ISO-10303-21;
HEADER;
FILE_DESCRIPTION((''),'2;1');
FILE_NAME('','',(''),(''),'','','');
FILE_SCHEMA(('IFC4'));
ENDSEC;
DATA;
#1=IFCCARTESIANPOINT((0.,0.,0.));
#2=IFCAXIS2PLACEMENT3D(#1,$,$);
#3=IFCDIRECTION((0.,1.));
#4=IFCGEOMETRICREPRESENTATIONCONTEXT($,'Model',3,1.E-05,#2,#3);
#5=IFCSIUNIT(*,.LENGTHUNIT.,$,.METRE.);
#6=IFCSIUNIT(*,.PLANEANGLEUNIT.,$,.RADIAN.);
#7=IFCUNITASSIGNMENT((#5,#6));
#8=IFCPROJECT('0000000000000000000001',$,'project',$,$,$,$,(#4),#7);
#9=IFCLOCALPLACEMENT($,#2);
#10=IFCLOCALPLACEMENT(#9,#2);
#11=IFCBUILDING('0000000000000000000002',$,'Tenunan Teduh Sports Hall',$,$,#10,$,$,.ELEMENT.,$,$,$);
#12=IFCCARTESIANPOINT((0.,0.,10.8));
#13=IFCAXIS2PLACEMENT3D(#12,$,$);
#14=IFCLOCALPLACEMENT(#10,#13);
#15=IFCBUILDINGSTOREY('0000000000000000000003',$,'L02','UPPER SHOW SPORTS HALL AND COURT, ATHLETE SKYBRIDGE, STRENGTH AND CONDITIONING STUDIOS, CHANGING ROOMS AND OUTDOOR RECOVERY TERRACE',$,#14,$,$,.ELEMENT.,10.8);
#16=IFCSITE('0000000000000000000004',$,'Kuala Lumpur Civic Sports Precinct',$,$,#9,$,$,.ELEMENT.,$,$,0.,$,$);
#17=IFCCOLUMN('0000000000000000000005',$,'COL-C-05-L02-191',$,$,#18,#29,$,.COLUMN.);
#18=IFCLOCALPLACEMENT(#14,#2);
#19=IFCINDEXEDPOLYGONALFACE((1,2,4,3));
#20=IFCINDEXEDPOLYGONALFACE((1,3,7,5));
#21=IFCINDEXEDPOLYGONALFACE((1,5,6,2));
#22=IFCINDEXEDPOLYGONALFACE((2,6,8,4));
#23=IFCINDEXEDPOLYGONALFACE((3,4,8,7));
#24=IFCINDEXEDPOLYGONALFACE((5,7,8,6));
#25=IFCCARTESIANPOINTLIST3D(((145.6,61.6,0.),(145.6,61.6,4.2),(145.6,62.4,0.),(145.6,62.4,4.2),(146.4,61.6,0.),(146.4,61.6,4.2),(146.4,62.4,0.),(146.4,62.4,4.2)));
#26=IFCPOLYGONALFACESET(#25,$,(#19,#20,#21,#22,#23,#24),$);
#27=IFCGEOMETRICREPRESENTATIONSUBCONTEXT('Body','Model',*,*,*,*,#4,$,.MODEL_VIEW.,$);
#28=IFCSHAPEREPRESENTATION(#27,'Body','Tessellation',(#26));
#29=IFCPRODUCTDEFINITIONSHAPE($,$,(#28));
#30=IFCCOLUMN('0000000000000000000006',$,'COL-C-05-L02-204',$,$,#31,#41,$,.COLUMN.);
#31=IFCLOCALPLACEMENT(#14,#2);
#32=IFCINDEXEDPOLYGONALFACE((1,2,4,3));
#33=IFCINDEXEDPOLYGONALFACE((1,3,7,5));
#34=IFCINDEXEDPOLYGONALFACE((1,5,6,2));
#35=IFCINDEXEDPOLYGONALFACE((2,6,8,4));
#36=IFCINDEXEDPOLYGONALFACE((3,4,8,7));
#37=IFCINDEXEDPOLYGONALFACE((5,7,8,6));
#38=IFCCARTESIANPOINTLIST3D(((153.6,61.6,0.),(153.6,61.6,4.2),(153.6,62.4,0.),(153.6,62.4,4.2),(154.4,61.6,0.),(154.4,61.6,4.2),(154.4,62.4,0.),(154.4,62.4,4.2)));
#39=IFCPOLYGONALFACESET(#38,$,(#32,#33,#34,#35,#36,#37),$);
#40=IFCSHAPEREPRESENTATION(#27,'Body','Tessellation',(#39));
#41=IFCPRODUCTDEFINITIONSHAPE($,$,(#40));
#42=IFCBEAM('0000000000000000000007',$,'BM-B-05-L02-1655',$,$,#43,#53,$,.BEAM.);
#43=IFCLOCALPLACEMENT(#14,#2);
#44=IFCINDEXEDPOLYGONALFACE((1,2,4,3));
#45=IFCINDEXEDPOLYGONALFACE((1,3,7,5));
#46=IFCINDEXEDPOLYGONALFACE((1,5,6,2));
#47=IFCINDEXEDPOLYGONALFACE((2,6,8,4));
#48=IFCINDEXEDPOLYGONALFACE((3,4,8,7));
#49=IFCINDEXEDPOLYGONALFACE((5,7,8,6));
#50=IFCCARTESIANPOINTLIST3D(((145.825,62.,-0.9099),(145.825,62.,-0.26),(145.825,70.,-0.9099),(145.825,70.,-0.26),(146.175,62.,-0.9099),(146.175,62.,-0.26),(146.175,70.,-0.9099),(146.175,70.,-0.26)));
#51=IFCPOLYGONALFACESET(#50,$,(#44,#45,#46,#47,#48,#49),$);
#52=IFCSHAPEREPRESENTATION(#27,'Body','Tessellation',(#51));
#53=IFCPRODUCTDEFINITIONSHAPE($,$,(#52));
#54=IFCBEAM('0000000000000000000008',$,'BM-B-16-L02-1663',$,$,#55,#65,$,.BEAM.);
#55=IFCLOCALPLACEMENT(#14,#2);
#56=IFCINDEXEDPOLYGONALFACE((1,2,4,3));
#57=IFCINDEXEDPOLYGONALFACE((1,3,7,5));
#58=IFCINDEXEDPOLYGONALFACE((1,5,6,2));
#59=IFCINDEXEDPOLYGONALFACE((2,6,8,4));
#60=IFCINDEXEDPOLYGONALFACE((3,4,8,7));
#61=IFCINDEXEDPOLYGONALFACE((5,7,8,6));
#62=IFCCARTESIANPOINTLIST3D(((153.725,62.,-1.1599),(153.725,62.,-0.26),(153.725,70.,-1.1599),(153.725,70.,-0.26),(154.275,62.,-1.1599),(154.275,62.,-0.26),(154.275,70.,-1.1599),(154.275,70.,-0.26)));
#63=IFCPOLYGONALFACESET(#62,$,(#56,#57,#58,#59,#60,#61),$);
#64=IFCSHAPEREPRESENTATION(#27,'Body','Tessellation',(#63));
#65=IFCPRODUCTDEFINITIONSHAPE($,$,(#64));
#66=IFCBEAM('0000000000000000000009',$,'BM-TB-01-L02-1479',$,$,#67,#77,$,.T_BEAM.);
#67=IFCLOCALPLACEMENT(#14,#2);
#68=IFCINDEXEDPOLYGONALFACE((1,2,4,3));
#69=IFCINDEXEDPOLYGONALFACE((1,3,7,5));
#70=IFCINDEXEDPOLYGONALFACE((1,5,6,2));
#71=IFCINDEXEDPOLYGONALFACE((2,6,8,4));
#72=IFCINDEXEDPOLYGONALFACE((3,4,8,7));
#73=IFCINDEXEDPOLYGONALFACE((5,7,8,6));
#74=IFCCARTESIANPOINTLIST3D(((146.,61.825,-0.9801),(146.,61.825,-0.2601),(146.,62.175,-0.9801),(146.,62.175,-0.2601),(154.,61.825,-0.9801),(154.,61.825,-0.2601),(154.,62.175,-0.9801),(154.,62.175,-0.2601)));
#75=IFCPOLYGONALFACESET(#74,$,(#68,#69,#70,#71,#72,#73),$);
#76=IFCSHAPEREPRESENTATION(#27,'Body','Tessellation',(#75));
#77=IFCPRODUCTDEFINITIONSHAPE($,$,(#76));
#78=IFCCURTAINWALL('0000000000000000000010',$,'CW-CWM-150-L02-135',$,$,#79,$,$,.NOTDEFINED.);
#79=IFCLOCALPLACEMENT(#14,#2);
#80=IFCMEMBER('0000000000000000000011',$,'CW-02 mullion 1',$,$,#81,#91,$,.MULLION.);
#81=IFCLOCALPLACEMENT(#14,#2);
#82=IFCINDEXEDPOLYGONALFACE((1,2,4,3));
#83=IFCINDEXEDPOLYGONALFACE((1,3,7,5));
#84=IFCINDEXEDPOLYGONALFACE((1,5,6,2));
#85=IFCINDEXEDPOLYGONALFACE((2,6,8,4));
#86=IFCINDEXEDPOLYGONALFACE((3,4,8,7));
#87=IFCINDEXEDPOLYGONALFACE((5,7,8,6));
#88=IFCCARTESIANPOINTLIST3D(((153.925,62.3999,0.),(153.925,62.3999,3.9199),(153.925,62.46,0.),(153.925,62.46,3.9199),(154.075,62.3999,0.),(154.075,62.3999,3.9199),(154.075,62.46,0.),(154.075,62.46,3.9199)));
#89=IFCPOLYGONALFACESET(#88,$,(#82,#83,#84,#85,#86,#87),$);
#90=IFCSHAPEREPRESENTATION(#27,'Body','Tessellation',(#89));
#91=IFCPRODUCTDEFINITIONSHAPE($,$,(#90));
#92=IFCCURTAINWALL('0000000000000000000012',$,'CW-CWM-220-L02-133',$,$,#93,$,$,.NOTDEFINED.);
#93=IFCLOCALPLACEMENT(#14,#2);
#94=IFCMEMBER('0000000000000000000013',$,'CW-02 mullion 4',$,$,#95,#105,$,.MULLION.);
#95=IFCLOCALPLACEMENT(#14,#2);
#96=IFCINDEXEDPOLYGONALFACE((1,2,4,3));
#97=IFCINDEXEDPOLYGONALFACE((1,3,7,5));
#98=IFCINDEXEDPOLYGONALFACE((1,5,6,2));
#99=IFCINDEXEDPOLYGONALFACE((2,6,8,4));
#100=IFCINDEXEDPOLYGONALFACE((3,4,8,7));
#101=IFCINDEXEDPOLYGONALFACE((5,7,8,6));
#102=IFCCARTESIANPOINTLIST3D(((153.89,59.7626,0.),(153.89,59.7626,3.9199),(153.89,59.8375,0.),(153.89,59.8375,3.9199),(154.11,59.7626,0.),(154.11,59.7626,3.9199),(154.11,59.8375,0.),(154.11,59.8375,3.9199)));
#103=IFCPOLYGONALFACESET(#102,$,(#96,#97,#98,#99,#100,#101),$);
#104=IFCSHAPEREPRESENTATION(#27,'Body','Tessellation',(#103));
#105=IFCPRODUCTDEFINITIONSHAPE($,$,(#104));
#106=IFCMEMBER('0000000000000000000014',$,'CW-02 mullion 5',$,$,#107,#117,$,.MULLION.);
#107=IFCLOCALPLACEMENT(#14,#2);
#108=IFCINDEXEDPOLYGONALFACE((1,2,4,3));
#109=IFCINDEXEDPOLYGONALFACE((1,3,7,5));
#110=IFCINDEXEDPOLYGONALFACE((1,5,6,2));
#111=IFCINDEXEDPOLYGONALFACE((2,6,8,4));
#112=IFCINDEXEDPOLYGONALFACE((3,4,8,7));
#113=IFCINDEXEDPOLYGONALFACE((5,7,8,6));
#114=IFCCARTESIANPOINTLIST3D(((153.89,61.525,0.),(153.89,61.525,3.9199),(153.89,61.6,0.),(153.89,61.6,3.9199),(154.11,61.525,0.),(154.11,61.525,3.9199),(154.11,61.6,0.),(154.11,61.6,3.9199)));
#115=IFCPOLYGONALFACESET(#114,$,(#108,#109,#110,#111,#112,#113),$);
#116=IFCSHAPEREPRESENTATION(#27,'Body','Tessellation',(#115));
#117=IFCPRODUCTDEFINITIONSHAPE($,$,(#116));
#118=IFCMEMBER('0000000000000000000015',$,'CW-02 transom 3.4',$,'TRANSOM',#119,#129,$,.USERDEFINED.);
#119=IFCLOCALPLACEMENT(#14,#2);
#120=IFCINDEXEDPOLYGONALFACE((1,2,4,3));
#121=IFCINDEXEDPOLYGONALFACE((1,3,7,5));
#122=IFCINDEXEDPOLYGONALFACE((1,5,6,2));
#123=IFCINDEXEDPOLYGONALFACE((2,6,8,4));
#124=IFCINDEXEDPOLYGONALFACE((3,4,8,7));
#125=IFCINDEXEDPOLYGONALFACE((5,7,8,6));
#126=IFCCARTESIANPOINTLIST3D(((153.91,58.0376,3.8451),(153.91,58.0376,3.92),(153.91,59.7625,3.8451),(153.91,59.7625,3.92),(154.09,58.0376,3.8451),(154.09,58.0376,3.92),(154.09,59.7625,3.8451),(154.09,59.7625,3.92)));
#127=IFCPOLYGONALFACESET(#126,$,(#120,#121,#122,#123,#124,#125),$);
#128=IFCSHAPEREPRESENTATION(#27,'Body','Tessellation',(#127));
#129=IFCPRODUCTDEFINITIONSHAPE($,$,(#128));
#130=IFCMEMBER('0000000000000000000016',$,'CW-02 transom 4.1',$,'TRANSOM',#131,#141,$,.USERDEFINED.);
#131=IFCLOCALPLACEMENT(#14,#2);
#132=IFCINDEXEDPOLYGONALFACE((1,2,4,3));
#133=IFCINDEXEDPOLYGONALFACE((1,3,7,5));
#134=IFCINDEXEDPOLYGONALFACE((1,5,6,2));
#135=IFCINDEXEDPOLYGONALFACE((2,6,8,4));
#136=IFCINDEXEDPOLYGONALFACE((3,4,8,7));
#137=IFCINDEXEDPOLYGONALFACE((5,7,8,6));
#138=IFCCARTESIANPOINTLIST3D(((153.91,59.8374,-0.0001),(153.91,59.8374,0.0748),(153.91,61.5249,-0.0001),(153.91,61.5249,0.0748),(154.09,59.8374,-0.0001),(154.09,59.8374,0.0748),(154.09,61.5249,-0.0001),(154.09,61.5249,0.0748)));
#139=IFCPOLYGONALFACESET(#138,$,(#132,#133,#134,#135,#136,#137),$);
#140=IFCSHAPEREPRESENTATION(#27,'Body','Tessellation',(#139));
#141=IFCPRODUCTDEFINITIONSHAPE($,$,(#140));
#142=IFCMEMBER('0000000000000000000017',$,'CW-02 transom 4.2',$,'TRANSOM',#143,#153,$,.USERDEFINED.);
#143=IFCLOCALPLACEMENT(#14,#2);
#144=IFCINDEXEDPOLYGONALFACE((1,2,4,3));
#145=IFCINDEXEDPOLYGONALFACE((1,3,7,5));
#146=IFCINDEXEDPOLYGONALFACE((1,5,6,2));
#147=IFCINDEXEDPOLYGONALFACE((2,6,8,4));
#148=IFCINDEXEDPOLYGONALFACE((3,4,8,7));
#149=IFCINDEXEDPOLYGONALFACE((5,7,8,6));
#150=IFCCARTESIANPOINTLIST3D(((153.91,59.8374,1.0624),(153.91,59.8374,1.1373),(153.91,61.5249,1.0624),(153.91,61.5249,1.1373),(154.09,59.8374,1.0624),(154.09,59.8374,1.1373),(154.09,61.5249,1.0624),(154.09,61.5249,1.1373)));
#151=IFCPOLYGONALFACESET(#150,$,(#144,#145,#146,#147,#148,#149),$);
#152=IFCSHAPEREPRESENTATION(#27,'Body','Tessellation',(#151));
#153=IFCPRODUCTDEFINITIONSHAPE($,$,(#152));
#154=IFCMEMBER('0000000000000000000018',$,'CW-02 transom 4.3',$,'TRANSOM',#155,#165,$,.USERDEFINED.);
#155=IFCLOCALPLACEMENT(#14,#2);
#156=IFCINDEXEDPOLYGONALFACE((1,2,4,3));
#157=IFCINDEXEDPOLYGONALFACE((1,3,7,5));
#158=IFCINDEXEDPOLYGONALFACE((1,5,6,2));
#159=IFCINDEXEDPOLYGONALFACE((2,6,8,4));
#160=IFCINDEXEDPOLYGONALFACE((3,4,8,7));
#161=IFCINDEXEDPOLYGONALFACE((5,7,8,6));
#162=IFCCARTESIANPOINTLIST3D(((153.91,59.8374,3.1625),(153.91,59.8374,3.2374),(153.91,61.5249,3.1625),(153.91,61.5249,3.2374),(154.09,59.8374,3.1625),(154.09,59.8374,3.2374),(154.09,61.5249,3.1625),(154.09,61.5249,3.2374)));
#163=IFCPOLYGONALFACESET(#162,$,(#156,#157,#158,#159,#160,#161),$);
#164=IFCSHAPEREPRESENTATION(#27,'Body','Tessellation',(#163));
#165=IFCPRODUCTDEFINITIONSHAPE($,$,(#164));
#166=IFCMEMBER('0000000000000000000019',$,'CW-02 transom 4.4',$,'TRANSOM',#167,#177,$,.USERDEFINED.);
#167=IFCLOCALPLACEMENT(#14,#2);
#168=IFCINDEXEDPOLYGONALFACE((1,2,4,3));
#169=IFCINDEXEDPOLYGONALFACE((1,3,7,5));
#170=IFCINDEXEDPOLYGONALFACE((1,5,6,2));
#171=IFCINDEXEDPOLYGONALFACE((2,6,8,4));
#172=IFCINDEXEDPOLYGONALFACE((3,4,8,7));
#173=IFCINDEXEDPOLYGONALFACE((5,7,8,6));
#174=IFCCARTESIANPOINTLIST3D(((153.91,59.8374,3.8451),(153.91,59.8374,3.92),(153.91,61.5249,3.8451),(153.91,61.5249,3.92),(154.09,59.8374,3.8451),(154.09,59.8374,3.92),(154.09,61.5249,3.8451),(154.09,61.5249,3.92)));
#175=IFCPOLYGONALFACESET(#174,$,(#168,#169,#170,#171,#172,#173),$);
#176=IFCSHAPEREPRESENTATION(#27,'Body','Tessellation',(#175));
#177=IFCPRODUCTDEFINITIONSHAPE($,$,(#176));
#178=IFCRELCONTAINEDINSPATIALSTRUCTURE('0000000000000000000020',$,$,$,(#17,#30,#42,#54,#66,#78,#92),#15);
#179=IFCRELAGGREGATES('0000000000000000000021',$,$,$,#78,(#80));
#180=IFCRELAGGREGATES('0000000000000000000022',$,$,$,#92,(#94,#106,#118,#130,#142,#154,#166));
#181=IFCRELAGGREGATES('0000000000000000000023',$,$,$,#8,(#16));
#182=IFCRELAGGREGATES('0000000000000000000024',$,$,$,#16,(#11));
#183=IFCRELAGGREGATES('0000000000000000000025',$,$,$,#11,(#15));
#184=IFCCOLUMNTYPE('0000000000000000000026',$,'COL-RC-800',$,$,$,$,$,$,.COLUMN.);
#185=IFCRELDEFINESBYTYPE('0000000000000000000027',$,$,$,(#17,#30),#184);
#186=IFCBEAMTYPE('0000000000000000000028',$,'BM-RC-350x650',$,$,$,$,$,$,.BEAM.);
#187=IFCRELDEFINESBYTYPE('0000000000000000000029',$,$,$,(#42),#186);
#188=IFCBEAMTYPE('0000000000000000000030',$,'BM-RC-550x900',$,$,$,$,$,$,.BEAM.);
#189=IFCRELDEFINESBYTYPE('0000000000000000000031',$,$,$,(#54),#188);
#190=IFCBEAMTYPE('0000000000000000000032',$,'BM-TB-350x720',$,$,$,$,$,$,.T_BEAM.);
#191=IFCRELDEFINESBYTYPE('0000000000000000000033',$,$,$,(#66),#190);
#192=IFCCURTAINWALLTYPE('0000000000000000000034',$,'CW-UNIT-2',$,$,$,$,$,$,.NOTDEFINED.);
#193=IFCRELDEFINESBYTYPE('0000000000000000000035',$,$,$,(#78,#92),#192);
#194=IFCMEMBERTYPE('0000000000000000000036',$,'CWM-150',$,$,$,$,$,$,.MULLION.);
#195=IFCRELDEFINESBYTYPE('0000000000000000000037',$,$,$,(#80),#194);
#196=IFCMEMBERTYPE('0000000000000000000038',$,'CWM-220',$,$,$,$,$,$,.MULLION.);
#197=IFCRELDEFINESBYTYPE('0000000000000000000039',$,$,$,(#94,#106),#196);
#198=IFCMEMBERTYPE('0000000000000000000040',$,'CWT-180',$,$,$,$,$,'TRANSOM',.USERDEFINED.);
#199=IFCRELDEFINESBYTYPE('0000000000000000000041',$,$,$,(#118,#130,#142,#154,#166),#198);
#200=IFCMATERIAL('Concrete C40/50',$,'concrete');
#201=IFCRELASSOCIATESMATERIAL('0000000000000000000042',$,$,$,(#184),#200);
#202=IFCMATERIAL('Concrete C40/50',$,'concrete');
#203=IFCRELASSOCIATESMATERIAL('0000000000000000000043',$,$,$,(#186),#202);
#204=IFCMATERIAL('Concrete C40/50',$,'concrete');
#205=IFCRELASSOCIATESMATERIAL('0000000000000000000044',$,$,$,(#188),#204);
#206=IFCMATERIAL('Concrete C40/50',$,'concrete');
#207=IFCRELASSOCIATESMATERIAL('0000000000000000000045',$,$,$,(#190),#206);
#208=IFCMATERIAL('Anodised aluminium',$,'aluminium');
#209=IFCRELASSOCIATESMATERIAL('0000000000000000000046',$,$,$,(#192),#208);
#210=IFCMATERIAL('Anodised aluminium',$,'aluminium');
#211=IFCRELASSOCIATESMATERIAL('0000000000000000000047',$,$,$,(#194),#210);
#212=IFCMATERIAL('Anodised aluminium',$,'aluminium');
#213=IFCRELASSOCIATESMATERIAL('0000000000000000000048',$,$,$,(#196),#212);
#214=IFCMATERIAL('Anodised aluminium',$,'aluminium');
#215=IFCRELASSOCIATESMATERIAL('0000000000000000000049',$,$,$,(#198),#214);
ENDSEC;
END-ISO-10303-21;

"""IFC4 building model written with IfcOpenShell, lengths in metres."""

from ifc_helpers import new_model, si_unit, direction, frame, origin, origin_2d, place, context, subcontext, project, spatial, rectangle, extrude, material, material_profile, profile_set, type_object, element, aggregate, save


model = new_model("IFC4")

# Units and contexts
model_context = context("Model", 3, precision=1e-05, world=origin(), true_north=direction((0.0, 1.0)))
body_context = subcontext(model_context, "Body", "Model", "MODEL_VIEW")
ifc_project = project(units=[si_unit("LENGTHUNIT", "METRE"), si_unit("PLANEANGLEUNIT", "RADIAN")], contexts=[model_context])

# Site, building, storey
site_placement = place(None, origin())
site = spatial("IfcSite", under=ifc_project, at=site_placement, Name="Kuala Lumpur Civic Sports Precinct", CompositionType="ELEMENT", RefElevation=0.0)
building_placement = place(site_placement, origin())
building = spatial("IfcBuilding", under=site, at=building_placement, Name="Tenunan Teduh Sports Hall", CompositionType="ELEMENT")
storey_placement = place(building_placement, frame((0.0, 0.0, 10.8)))
storey = spatial("IfcBuildingStorey", under=building, at=storey_placement, Name="L02", Description="UPPER SHOW SPORTS HALL AND COURT, ATHLETE SKYBRIDGE, STRENGTH AND CONDITIONING STUDIOS, CHANGING ROOMS AND OUTDOOR RECOVERY TERRACE", CompositionType="ELEMENT", Elevation=10.8)

# Columns
ifc_material_1 = material(Name="Concrete C40/50", Category="concrete")
ifc_material_profile_1 = material_profile(ifc_material_1, rectangle(XDim=0.8, YDim=0.8, at=origin_2d()), Name="RC 800x800")
ifc_profile_set_1 = profile_set([ifc_material_profile_1], Name="Concrete C40/50")
column_type = type_object("IfcColumnType", Name="COL-RC-800", PredefinedType="COLUMN", material=ifc_profile_set_1)
for number, where, z_axis, x_axis, name in (
    (1, (146.0, 62.0, 0.0), (0.0, 0.0, 1.0), (1.0, 0.0, 0.0), "COL-C-05-L02-191"),
    (2, (154.0, 62.0, 0.0), (0.0, 0.0, 1.0), (1.0, 0.0, 0.0), "COL-C-05-L02-204"),
):
    element("IfcColumn", number, at=place(storey_placement, frame(where, z_axis=z_axis, x_axis=x_axis)), inside=storey, type_object=column_type, Name=name, PredefinedType="COLUMN", context=body_context, shape_type="SweptSolid", body=[
        extrude(rectangle(XDim=0.8, YDim=0.8, at=origin_2d()), origin(), (0.0, 0.0, 1.0), 4.2),
    ])

# Beams
ifc_material_2 = material(Name="Concrete C40/50", Category="concrete")
ifc_material_profile_2 = material_profile(ifc_material_2, rectangle(XDim=0.3501, YDim=0.6499, at=origin_2d()), Name="RCB 350x650")
ifc_profile_set_2 = profile_set([ifc_material_profile_2], Name="Concrete C40/50")
beam_type_1 = type_object("IfcBeamType", Name="BM-RC-350x650", PredefinedType="BEAM", material=ifc_profile_set_2)
beam_1_placement = place(storey_placement, frame((146.0, 62.0, -0.585), z_axis=(0.0, 1.0, 0.0), x_axis=(-1.0, 0.0, 0.0)))
element("IfcBeam", 3, at=beam_1_placement, inside=storey, type_object=beam_type_1, Name="BM-B-05-L02-1655", PredefinedType="BEAM", context=body_context, shape_type="SweptSolid", body=[
    extrude(rectangle(XDim=0.3501, YDim=0.6499, at=origin_2d()), origin(), (0.0, 0.0, 1.0), 8.0),
])
ifc_material_3 = material(Name="Concrete C40/50", Category="concrete")
ifc_material_profile_3 = material_profile(ifc_material_3, rectangle(XDim=0.55, YDim=0.8999, at=origin_2d()), Name="RCB 550x900")
ifc_profile_set_3 = profile_set([ifc_material_profile_3], Name="Concrete C40/50")
beam_type_2 = type_object("IfcBeamType", Name="BM-RC-550x900", PredefinedType="BEAM", material=ifc_profile_set_3)
beam_2_placement = place(storey_placement, frame((154.0, 62.0, -0.71), z_axis=(0.0, 1.0, 0.0), x_axis=(-1.0, 0.0, 0.0)))
element("IfcBeam", 4, at=beam_2_placement, inside=storey, type_object=beam_type_2, Name="BM-B-16-L02-1663", PredefinedType="BEAM", context=body_context, shape_type="SweptSolid", body=[
    extrude(rectangle(XDim=0.55, YDim=0.8999, at=origin_2d()), origin(), (0.0, 0.0, 1.0), 8.0),
])
ifc_material_4 = material(Name="Concrete C40/50", Category="concrete")
ifc_material_profile_4 = material_profile(ifc_material_4, rectangle(XDim=0.3501, YDim=0.72, at=origin_2d()), Name="TB 350x720")
ifc_profile_set_4 = profile_set([ifc_material_profile_4], Name="Concrete C40/50")
beam_type_3 = type_object("IfcBeamType", Name="BM-TB-350x720", PredefinedType="T_BEAM", material=ifc_profile_set_4)
beam_3_placement = place(storey_placement, frame((146.0, 62.0, -0.6201), z_axis=(1.0, 0.0, 0.0), x_axis=(0.0, 1.0, 0.0)))
element("IfcBeam", 5, at=beam_3_placement, inside=storey, type_object=beam_type_3, Name="BM-TB-01-L02-1479", PredefinedType="T_BEAM", context=body_context, shape_type="SweptSolid", body=[
    extrude(rectangle(XDim=0.3501, YDim=0.72, at=origin_2d()), origin(), (0.0, 0.0, 1.0), 8.0),
])

# Curtain wall, member
ifc_material_5 = material(Name="Anodised aluminium", Category="aluminium")
curtain_wall_type = type_object("IfcCurtainWallType", Name="CW-UNIT-2", PredefinedType="NOTDEFINED", material=ifc_material_5)
curtain_wall_1_placement = place(storey_placement, origin())
curtain_wall_1 = element("IfcCurtainWall", 6, at=curtain_wall_1_placement, inside=storey, type_object=curtain_wall_type, Name="CW-CWM-150-L02-135", PredefinedType="NOTDEFINED")
ifc_material_6 = material(Name="Anodised aluminium", Category="aluminium")
ifc_material_profile_5 = material_profile(ifc_material_6, rectangle(XDim=0.0601, YDim=0.1499, at=origin_2d()), Name="CWM 60x150")
ifc_profile_set_5 = profile_set([ifc_material_profile_5], Name="Anodised aluminium")
member_type_1 = type_object("IfcMemberType", Name="CWM-150", PredefinedType="MULLION", material=ifc_profile_set_5)
member_1_placement = place(storey_placement, frame((154.0, 62.4299, 0.0), z_axis=(0.0, 0.0, 1.0), x_axis=(0.0, 1.0, 0.0)))
member_1 = element("IfcMember", 7, at=member_1_placement, type_object=member_type_1, Name="CW-02 mullion 1", PredefinedType="MULLION", context=body_context, shape_type="SweptSolid", body=[
    extrude(rectangle(XDim=0.0601, YDim=0.1499, at=origin_2d()), origin(), (0.0, 0.0, 1.0), 3.9199),
])
aggregate(curtain_wall_1, [member_1])

# Curtain wall, members
curtain_wall_2_placement = place(storey_placement, origin())
curtain_wall_2 = element("IfcCurtainWall", 8, at=curtain_wall_2_placement, inside=storey, type_object=curtain_wall_type, Name="CW-CWM-220-L02-133", PredefinedType="NOTDEFINED")
ifc_material_7 = material(Name="Anodised aluminium", Category="aluminium")
ifc_material_profile_6 = material_profile(ifc_material_7, rectangle(XDim=0.075, YDim=0.22, at=origin_2d()), Name="CWM 75x220")
ifc_profile_set_6 = profile_set([ifc_material_profile_6], Name="Anodised aluminium")
member_type_2 = type_object("IfcMemberType", Name="CWM-220", PredefinedType="MULLION", material=ifc_profile_set_6)
member_2_placement = place(storey_placement, frame((154.0, 59.8, 0.0), z_axis=(0.0, 0.0, 1.0), x_axis=(0.0, 1.0, 0.0)))
member_2 = element("IfcMember", 9, at=member_2_placement, type_object=member_type_2, Name="CW-02 mullion 4", PredefinedType="MULLION", context=body_context, shape_type="SweptSolid", body=[
    extrude(rectangle(XDim=0.075, YDim=0.22, at=origin_2d()), origin(), (0.0, 0.0, 1.0), 3.9199),
])
member_3_placement = place(storey_placement, frame((154.0, 61.5625, 0.0), z_axis=(0.0, 0.0, 1.0), x_axis=(0.0, 1.0, 0.0)))
member_3 = element("IfcMember", 10, at=member_3_placement, type_object=member_type_2, Name="CW-02 mullion 5", PredefinedType="MULLION", context=body_context, shape_type="SweptSolid", body=[
    extrude(rectangle(XDim=0.075, YDim=0.22, at=origin_2d()), origin(), (0.0, 0.0, 1.0), 3.9199),
])
ifc_material_8 = material(Name="Anodised aluminium", Category="aluminium")
ifc_material_profile_7 = material_profile(ifc_material_8, rectangle(XDim=0.075, YDim=0.1799, at=origin_2d()), Name="CWT 75x180")
ifc_profile_set_7 = profile_set([ifc_material_profile_7], Name="Anodised aluminium")
member_type_3 = type_object("IfcMemberType", Name="CWT-180", ElementType="TRANSOM", PredefinedType="USERDEFINED", material=ifc_profile_set_7)
member_4_placement = place(storey_placement, frame((154.0, 58.0376, 3.8826), z_axis=(0.0, 1.0, 0.0), x_axis=(0.0, 0.0, 1.0)))
member_4 = element("IfcMember", 11, at=member_4_placement, type_object=member_type_3, Name="CW-02 transom 3.4", ObjectType="TRANSOM", PredefinedType="USERDEFINED", context=body_context, shape_type="SweptSolid", body=[
    extrude(rectangle(XDim=0.075, YDim=0.1799, at=origin_2d()), origin(), (0.0, 0.0, 1.0), 1.7249),
])
member_5_placement = place(storey_placement, frame((154.0, 59.8374, 0.0374), z_axis=(0.0, 1.0, 0.0), x_axis=(0.0, 0.0, 1.0)))
member_5 = element("IfcMember", 12, at=member_5_placement, type_object=member_type_3, Name="CW-02 transom 4.1", ObjectType="TRANSOM", PredefinedType="USERDEFINED", context=body_context, shape_type="SweptSolid", body=[
    extrude(rectangle(XDim=0.075, YDim=0.1799, at=origin_2d()), origin(), (0.0, 0.0, 1.0), 1.6875),
])
member_6_placement = place(storey_placement, frame((154.0, 59.8374, 1.0999), z_axis=(0.0, 1.0, 0.0), x_axis=(0.0, 0.0, 1.0)))
member_6 = element("IfcMember", 13, at=member_6_placement, type_object=member_type_3, Name="CW-02 transom 4.2", ObjectType="TRANSOM", PredefinedType="USERDEFINED", context=body_context, shape_type="SweptSolid", body=[
    extrude(rectangle(XDim=0.075, YDim=0.1799, at=origin_2d()), origin(), (0.0, 0.0, 1.0), 1.6875),
])
member_7_placement = place(storey_placement, frame((154.0, 59.8374, 3.2), z_axis=(0.0, 1.0, 0.0), x_axis=(0.0, 0.0, 1.0)))
member_7 = element("IfcMember", 14, at=member_7_placement, type_object=member_type_3, Name="CW-02 transom 4.3", ObjectType="TRANSOM", PredefinedType="USERDEFINED", context=body_context, shape_type="SweptSolid", body=[
    extrude(rectangle(XDim=0.075, YDim=0.1799, at=origin_2d()), origin(), (0.0, 0.0, 1.0), 1.6875),
])
member_8_placement = place(storey_placement, frame((154.0, 59.8374, 3.8826), z_axis=(0.0, 1.0, 0.0), x_axis=(0.0, 0.0, 1.0)))
member_8 = element("IfcMember", 15, at=member_8_placement, type_object=member_type_3, Name="CW-02 transom 4.4", ObjectType="TRANSOM", PredefinedType="USERDEFINED", context=body_context, shape_type="SweptSolid", body=[
    extrude(rectangle(XDim=0.075, YDim=0.1799, at=origin_2d()), origin(), (0.0, 0.0, 1.0), 1.6875),
])

aggregate(curtain_wall_2, [member_2, member_3, member_4, member_5, member_6, member_7, member_8])

save(model, "model.ifc")
